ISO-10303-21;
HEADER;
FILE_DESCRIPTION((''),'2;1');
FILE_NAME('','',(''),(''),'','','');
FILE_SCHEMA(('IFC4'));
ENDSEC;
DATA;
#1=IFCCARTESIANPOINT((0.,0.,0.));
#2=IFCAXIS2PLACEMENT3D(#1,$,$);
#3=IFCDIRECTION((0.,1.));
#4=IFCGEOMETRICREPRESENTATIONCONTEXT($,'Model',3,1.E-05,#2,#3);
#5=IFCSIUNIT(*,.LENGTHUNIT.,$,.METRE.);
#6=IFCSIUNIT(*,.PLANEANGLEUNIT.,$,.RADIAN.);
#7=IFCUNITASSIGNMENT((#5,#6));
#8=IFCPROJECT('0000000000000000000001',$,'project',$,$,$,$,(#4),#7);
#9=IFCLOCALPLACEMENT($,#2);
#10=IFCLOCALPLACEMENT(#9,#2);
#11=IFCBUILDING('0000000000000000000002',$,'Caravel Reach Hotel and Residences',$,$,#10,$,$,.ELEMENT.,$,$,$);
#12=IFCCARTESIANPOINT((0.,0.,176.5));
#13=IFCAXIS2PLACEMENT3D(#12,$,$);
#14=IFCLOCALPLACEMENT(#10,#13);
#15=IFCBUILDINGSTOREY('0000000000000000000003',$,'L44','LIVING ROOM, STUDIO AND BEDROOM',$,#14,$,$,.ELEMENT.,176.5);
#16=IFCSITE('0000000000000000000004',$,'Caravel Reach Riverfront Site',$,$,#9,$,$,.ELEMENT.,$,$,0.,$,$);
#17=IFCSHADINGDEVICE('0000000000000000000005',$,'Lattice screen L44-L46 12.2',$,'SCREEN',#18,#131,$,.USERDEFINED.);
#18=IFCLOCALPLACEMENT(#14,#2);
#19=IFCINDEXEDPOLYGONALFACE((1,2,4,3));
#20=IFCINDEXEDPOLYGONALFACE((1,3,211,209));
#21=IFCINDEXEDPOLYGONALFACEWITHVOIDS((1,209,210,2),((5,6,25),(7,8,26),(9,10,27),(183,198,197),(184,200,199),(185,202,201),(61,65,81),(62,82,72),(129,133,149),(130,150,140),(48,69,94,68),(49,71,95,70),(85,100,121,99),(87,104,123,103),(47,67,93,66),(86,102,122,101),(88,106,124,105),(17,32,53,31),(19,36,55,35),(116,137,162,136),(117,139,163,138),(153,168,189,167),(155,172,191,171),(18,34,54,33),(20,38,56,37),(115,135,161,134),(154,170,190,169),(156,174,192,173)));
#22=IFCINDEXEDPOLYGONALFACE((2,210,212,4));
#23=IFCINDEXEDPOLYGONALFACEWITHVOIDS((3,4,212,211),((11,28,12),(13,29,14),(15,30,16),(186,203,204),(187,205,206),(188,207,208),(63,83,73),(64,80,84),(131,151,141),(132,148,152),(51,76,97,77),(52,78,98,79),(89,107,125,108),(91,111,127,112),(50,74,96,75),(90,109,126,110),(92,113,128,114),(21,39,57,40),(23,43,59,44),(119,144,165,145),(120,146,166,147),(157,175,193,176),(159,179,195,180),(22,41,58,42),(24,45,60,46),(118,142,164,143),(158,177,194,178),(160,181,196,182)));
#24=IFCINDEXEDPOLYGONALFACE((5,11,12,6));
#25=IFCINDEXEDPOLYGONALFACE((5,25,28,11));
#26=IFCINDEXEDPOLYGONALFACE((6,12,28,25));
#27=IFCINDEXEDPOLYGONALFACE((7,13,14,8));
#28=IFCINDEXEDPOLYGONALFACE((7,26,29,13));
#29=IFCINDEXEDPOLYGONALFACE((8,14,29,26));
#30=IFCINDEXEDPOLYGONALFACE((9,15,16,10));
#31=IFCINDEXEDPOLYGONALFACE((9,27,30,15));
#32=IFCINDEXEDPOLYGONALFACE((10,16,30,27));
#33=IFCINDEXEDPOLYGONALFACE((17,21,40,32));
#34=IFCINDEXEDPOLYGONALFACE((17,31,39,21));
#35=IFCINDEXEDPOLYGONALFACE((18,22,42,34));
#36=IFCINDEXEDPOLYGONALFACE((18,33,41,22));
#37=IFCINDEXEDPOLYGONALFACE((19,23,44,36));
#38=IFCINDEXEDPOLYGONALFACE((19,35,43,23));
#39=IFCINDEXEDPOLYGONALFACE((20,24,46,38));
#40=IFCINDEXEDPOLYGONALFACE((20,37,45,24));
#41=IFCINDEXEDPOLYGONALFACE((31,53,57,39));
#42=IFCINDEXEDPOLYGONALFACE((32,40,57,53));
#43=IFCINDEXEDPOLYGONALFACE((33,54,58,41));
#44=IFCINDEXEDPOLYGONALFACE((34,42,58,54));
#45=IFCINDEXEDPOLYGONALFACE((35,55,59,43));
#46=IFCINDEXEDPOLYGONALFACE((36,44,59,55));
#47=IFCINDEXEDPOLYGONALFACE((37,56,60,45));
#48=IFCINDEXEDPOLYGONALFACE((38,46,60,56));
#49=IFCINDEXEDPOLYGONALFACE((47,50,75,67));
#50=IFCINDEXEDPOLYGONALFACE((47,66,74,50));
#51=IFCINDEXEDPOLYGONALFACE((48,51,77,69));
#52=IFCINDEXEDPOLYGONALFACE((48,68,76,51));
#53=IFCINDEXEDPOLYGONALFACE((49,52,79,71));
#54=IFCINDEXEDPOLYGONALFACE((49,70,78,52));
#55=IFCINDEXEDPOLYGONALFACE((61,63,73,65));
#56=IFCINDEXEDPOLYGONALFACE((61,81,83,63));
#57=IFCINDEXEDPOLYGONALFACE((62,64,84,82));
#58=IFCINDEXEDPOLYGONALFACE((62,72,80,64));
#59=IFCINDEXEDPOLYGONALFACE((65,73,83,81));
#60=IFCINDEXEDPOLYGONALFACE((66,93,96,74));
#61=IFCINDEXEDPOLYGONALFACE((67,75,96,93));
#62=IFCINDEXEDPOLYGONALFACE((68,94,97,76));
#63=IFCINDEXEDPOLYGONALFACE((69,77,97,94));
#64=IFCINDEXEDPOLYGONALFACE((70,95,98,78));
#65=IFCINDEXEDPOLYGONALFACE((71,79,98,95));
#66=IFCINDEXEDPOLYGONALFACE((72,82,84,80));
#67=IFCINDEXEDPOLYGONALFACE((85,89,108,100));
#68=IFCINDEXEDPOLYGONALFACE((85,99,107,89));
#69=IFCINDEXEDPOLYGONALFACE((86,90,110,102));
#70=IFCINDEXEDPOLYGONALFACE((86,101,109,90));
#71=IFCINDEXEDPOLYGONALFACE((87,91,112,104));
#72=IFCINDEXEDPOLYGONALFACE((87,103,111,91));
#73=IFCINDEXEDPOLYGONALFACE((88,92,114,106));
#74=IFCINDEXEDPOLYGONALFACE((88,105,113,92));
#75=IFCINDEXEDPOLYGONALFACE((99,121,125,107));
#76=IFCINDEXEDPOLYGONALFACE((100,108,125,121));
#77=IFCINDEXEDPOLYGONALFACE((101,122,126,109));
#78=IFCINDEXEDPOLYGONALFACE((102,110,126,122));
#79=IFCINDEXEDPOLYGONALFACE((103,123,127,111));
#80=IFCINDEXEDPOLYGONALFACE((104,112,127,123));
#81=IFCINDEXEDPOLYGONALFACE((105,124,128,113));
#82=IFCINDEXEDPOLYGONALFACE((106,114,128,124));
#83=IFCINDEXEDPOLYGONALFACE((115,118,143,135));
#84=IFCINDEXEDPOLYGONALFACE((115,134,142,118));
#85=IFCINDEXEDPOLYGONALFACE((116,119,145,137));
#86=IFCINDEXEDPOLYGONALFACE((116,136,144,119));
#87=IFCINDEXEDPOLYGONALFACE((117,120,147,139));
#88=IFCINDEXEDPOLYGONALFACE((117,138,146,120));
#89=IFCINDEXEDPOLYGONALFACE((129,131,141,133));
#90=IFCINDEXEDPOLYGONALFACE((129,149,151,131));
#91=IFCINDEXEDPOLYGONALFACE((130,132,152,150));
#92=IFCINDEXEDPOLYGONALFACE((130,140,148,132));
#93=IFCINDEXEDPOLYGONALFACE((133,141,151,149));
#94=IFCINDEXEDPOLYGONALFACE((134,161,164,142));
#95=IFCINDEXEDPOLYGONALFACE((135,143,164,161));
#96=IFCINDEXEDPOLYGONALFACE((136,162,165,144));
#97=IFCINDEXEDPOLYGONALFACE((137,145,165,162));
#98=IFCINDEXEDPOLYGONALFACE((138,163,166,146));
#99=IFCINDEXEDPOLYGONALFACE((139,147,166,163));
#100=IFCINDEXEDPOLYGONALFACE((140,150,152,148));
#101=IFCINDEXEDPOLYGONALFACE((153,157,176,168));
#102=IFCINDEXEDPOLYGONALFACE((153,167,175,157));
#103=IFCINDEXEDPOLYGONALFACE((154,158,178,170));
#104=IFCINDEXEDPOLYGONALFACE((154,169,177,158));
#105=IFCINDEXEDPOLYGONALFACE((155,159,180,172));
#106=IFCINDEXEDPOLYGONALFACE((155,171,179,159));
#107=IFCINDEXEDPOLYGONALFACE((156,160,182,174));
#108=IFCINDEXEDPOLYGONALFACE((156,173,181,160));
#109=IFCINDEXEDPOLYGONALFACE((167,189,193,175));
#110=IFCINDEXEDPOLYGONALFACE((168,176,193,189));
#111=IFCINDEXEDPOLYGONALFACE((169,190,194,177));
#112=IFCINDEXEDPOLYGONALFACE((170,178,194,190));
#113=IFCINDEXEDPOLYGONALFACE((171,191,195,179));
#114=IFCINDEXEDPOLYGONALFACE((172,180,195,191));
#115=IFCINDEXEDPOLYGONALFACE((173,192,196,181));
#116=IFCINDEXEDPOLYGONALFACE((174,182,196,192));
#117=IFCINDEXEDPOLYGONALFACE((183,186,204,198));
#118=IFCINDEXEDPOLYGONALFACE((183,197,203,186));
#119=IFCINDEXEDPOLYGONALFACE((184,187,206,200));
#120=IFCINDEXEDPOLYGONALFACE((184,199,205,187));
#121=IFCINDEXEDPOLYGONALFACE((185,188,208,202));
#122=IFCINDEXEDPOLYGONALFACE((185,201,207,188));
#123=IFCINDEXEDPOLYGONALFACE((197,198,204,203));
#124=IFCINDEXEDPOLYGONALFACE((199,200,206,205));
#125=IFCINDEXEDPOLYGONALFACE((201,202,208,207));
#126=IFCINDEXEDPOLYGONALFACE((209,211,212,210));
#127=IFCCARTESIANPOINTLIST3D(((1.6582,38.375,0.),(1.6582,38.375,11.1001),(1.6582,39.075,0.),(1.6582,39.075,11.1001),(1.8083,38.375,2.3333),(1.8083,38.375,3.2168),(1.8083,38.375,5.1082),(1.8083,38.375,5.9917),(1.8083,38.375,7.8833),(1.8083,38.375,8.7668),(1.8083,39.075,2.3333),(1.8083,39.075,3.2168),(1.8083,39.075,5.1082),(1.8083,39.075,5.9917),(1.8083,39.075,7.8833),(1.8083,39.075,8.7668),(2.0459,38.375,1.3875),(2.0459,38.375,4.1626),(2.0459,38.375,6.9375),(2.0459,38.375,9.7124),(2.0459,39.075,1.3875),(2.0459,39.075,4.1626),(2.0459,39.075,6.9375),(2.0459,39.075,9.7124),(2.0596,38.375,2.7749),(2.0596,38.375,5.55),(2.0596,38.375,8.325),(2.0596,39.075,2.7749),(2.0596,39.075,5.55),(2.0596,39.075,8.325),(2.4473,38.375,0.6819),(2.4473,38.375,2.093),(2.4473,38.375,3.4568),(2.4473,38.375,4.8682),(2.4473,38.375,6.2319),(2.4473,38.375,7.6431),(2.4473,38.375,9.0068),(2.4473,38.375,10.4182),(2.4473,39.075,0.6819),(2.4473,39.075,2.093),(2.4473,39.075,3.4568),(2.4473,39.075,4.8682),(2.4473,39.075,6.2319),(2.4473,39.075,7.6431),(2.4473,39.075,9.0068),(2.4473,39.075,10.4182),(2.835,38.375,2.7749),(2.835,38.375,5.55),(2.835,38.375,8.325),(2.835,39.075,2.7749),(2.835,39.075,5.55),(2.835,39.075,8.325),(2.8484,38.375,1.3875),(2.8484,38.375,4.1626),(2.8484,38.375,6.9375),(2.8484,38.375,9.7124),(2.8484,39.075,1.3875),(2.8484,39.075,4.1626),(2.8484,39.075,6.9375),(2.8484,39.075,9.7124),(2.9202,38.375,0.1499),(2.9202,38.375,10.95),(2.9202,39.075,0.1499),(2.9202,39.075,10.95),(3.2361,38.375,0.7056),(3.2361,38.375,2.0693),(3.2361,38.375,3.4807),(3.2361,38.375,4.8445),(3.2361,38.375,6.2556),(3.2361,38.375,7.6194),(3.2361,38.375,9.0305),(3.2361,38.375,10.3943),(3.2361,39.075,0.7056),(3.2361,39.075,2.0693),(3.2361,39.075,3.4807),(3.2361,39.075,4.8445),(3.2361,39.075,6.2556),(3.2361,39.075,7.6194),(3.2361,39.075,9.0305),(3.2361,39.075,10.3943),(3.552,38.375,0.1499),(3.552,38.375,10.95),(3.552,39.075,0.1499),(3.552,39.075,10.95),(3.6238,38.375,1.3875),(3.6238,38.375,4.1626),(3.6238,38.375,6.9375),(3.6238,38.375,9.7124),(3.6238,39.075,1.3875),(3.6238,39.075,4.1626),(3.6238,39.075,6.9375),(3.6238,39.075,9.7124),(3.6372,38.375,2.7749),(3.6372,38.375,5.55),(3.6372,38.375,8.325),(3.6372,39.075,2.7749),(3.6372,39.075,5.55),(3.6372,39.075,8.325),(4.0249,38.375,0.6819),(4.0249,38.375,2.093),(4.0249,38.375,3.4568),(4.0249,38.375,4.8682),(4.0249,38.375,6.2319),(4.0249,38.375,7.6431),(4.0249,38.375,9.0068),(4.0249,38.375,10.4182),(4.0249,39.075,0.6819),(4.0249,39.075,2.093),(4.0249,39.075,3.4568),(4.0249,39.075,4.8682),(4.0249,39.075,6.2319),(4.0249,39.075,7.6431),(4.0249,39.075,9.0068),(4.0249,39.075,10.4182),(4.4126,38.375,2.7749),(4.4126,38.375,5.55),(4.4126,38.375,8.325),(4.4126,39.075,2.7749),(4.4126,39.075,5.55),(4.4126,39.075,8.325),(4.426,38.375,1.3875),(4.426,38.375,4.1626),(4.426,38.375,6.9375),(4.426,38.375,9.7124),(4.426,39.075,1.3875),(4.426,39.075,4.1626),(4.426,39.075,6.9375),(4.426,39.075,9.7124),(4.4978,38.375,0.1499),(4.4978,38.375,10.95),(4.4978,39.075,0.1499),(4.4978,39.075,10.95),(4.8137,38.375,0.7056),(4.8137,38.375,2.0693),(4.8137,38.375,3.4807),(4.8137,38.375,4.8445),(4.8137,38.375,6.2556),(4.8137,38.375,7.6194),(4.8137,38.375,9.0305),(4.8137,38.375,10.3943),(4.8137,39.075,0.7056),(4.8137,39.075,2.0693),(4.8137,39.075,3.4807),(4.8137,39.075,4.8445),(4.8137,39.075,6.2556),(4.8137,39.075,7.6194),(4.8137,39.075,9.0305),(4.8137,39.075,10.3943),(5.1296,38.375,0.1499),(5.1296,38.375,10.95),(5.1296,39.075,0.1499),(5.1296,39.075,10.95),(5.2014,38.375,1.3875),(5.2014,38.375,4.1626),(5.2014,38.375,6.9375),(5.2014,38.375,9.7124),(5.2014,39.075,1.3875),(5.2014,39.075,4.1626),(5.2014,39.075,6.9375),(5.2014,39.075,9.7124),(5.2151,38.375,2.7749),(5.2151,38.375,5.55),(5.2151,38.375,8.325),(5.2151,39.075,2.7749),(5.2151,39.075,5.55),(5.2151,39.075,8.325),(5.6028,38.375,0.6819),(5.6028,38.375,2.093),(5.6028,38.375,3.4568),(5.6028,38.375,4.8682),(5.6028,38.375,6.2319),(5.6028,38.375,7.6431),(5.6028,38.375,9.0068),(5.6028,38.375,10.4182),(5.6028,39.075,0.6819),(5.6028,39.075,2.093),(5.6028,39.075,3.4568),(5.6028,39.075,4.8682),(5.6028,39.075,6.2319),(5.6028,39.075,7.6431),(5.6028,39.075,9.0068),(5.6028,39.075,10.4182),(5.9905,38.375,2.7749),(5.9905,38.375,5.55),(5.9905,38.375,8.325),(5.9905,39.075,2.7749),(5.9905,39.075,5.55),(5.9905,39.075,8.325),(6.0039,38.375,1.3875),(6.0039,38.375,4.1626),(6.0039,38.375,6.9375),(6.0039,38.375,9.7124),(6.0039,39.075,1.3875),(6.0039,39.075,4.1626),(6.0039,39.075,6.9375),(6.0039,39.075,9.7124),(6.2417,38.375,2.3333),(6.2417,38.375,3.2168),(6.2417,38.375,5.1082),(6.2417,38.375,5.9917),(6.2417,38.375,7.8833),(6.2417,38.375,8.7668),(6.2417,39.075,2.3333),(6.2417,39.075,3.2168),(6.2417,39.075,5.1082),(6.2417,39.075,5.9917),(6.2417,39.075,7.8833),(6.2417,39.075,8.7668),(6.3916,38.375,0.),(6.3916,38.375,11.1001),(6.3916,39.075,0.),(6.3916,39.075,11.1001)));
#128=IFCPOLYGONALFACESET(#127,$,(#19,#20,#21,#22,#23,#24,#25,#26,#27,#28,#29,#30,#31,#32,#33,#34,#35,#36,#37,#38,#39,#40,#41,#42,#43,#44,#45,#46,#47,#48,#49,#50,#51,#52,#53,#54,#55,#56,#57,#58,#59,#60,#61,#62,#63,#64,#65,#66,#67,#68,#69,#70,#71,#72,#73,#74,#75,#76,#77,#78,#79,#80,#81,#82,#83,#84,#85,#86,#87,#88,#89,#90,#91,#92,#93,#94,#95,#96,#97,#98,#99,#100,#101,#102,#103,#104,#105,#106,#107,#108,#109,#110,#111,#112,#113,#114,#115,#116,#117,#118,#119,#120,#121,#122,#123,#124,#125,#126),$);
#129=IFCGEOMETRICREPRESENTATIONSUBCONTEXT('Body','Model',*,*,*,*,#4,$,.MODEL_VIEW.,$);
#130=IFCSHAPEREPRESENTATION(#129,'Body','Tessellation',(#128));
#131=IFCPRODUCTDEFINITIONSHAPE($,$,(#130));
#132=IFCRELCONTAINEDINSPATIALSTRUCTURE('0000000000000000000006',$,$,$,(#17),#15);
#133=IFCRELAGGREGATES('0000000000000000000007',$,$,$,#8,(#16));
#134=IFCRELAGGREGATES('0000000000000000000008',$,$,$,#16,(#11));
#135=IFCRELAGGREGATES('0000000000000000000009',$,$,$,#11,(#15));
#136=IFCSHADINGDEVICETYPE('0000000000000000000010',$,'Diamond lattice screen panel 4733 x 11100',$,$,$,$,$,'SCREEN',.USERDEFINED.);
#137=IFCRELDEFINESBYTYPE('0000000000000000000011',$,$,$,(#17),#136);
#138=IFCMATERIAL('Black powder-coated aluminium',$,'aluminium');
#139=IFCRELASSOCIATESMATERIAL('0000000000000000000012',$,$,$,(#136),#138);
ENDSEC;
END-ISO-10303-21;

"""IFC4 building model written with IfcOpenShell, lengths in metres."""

from ifc_helpers import new_model, si_unit, direction, frame, origin, place, context, subcontext, project, spatial, polyline, outline, extrude, material, type_object, element, save


model = new_model("IFC4")

# Units and contexts
model_context = context("Model", 3, precision=1e-05, world=origin(), true_north=direction((0.0, 1.0)))
body_context = subcontext(model_context, "Body", "Model", "MODEL_VIEW")
ifc_project = project(units=[si_unit("LENGTHUNIT", "METRE"), si_unit("PLANEANGLEUNIT", "RADIAN")], contexts=[model_context])

# Site, building, storey
site_placement = place(None, origin())
site = spatial("IfcSite", under=ifc_project, at=site_placement, Name="Caravel Reach Riverfront Site", CompositionType="ELEMENT", RefElevation=0.0)
building_placement = place(site_placement, origin())
building = spatial("IfcBuilding", under=site, at=building_placement, Name="Caravel Reach Hotel and Residences", CompositionType="ELEMENT")
storey_placement = place(building_placement, frame((0.0, 0.0, 176.5)))
storey = spatial("IfcBuildingStorey", under=building, at=storey_placement, Name="L44", Description="LIVING ROOM, STUDIO AND BEDROOM", CompositionType="ELEMENT", Elevation=176.5)

# Shading device
ifc_material_1 = material(Name="Black powder-coated aluminium", Category="aluminium")
shading_device_type_1 = type_object("IfcShadingDeviceType", Name="Diamond lattice screen panel 4733 x 11100", ElementType="SCREEN", PredefinedType="USERDEFINED", material=ifc_material_1)
shading_device_1_placement = place(storey_placement, frame((6.3916, 38.375, 0.0), z_axis=(0.0, 1.0, 0.0), x_axis=(-1.0, 0.0, 0.0)))
element("IfcShadingDevice", 1, at=shading_device_1_placement, inside=storey, type_object=shading_device_type_1, Name="Lattice screen L44-L46 12.2", ObjectType="SCREEN", PredefinedType="USERDEFINED", context=body_context, shape_type="SweptSolid", body=[
    extrude(outline(polyline([(0.0, 0.0), (4.7334, 0.0), (4.7334, 11.1001), (0.0, 11.1001), (0.0, 0.0)]), holes=[polyline([(0.4011, 2.7749), (0.1499, 3.2168), (0.1499, 2.3333), (0.4011, 2.7749)]), polyline([(0.4011, 5.55), (0.1499, 5.9917), (0.1499, 5.1082), (0.4011, 5.55)]), polyline([(0.4011, 8.325), (0.1499, 8.7668), (0.1499, 7.8833), (0.4011, 8.325)]), polyline([(0.7888, 2.093), (0.3877, 1.3875), (0.7888, 0.6819), (1.1902, 1.3875), (0.7888, 2.093)]), polyline([(0.7888, 4.8682), (0.3877, 4.1626), (0.7888, 3.4568), (1.1902, 4.1626), (0.7888, 4.8682)]), polyline([(0.7888, 7.6431), (0.3877, 6.9375), (0.7888, 6.2319), (1.1902, 6.9375), (0.7888, 7.6431)]), polyline([(0.7888, 10.4182), (0.3877, 9.7124), (0.7888, 9.0068), (1.1902, 9.7124), (0.7888, 10.4182)]), polyline([(1.5779, 0.7056), (1.262, 0.1499), (1.8938, 0.1499), (1.5779, 0.7056)]), polyline([(1.5779, 3.4807), (1.1765, 2.7749), (1.5779, 2.0693), (1.979, 2.7749), (1.5779, 3.4807)]), polyline([(1.5779, 6.2556), (1.1765, 5.55), (1.5779, 4.8445), (1.979, 5.55), (1.5779, 6.2556)]), polyline([(1.5779, 9.0305), (1.1765, 8.325), (1.5779, 7.6194), (1.979, 8.325), (1.5779, 9.0305)]), polyline([(1.5779, 10.3943), (1.8938, 10.95), (1.262, 10.95), (1.5779, 10.3943)]), polyline([(2.3667, 2.093), (1.9656, 1.3875), (2.3667, 0.6819), (2.7678, 1.3875), (2.3667, 2.093)]), polyline([(2.3667, 4.8682), (1.9656, 4.1626), (2.3667, 3.4568), (2.7678, 4.1626), (2.3667, 4.8682)]), polyline([(2.3667, 7.6431), (1.9656, 6.9375), (2.3667, 6.2319), (2.7678, 6.9375), (2.3667, 7.6431)]), polyline([(2.3667, 10.4182), (1.9656, 9.7124), (2.3667, 9.0068), (2.7678, 9.7124), (2.3667, 10.4182)]), polyline([(3.1555, 0.7056), (2.8396, 0.1499), (3.4714, 0.1499), (3.1555, 0.7056)]), polyline([(3.1555, 3.4807), (2.7544, 2.7749), (3.1555, 2.0693), (3.5566, 2.7749), (3.1555, 3.4807)]), polyline([(3.1555, 6.2556), (2.7544, 5.55), (3.1555, 4.8445), (3.5566, 5.55), (3.1555, 6.2556)]), polyline([(3.1555, 9.0305), (2.7544, 8.325), (3.1555, 7.6194), (3.5566, 8.325), (3.1555, 9.0305)]), polyline([(3.1555, 10.3943), (3.4714, 10.95), (2.8396, 10.95), (3.1555, 10.3943)]), polyline([(3.9443, 2.093), (3.5432, 1.3875), (3.9443, 0.6819), (4.3457, 1.3875), (3.9443, 2.093)]), polyline([(3.9443, 4.8682), (3.5432, 4.1626), (3.9443, 3.4568), (4.3457, 4.1626), (3.9443, 4.8682)]), polyline([(3.9443, 7.6431), (3.5432, 6.9375), (3.9443, 6.2319), (4.3457, 6.9375), (3.9443, 7.6431)]), polyline([(3.9443, 10.4182), (3.5432, 9.7124), (3.9443, 9.0068), (4.3457, 9.7124), (3.9443, 10.4182)]), polyline([(4.332, 2.7749), (4.5833, 2.3333), (4.5833, 3.2168), (4.332, 2.7749)]), polyline([(4.332, 5.55), (4.5833, 5.1082), (4.5833, 5.9917), (4.332, 5.55)]), polyline([(4.332, 8.325), (4.5833, 7.8833), (4.5833, 8.7668), (4.332, 8.325)])]), origin(), (0.0, 0.0, 1.0), 0.7),
])

save(model, "model.ifc")
